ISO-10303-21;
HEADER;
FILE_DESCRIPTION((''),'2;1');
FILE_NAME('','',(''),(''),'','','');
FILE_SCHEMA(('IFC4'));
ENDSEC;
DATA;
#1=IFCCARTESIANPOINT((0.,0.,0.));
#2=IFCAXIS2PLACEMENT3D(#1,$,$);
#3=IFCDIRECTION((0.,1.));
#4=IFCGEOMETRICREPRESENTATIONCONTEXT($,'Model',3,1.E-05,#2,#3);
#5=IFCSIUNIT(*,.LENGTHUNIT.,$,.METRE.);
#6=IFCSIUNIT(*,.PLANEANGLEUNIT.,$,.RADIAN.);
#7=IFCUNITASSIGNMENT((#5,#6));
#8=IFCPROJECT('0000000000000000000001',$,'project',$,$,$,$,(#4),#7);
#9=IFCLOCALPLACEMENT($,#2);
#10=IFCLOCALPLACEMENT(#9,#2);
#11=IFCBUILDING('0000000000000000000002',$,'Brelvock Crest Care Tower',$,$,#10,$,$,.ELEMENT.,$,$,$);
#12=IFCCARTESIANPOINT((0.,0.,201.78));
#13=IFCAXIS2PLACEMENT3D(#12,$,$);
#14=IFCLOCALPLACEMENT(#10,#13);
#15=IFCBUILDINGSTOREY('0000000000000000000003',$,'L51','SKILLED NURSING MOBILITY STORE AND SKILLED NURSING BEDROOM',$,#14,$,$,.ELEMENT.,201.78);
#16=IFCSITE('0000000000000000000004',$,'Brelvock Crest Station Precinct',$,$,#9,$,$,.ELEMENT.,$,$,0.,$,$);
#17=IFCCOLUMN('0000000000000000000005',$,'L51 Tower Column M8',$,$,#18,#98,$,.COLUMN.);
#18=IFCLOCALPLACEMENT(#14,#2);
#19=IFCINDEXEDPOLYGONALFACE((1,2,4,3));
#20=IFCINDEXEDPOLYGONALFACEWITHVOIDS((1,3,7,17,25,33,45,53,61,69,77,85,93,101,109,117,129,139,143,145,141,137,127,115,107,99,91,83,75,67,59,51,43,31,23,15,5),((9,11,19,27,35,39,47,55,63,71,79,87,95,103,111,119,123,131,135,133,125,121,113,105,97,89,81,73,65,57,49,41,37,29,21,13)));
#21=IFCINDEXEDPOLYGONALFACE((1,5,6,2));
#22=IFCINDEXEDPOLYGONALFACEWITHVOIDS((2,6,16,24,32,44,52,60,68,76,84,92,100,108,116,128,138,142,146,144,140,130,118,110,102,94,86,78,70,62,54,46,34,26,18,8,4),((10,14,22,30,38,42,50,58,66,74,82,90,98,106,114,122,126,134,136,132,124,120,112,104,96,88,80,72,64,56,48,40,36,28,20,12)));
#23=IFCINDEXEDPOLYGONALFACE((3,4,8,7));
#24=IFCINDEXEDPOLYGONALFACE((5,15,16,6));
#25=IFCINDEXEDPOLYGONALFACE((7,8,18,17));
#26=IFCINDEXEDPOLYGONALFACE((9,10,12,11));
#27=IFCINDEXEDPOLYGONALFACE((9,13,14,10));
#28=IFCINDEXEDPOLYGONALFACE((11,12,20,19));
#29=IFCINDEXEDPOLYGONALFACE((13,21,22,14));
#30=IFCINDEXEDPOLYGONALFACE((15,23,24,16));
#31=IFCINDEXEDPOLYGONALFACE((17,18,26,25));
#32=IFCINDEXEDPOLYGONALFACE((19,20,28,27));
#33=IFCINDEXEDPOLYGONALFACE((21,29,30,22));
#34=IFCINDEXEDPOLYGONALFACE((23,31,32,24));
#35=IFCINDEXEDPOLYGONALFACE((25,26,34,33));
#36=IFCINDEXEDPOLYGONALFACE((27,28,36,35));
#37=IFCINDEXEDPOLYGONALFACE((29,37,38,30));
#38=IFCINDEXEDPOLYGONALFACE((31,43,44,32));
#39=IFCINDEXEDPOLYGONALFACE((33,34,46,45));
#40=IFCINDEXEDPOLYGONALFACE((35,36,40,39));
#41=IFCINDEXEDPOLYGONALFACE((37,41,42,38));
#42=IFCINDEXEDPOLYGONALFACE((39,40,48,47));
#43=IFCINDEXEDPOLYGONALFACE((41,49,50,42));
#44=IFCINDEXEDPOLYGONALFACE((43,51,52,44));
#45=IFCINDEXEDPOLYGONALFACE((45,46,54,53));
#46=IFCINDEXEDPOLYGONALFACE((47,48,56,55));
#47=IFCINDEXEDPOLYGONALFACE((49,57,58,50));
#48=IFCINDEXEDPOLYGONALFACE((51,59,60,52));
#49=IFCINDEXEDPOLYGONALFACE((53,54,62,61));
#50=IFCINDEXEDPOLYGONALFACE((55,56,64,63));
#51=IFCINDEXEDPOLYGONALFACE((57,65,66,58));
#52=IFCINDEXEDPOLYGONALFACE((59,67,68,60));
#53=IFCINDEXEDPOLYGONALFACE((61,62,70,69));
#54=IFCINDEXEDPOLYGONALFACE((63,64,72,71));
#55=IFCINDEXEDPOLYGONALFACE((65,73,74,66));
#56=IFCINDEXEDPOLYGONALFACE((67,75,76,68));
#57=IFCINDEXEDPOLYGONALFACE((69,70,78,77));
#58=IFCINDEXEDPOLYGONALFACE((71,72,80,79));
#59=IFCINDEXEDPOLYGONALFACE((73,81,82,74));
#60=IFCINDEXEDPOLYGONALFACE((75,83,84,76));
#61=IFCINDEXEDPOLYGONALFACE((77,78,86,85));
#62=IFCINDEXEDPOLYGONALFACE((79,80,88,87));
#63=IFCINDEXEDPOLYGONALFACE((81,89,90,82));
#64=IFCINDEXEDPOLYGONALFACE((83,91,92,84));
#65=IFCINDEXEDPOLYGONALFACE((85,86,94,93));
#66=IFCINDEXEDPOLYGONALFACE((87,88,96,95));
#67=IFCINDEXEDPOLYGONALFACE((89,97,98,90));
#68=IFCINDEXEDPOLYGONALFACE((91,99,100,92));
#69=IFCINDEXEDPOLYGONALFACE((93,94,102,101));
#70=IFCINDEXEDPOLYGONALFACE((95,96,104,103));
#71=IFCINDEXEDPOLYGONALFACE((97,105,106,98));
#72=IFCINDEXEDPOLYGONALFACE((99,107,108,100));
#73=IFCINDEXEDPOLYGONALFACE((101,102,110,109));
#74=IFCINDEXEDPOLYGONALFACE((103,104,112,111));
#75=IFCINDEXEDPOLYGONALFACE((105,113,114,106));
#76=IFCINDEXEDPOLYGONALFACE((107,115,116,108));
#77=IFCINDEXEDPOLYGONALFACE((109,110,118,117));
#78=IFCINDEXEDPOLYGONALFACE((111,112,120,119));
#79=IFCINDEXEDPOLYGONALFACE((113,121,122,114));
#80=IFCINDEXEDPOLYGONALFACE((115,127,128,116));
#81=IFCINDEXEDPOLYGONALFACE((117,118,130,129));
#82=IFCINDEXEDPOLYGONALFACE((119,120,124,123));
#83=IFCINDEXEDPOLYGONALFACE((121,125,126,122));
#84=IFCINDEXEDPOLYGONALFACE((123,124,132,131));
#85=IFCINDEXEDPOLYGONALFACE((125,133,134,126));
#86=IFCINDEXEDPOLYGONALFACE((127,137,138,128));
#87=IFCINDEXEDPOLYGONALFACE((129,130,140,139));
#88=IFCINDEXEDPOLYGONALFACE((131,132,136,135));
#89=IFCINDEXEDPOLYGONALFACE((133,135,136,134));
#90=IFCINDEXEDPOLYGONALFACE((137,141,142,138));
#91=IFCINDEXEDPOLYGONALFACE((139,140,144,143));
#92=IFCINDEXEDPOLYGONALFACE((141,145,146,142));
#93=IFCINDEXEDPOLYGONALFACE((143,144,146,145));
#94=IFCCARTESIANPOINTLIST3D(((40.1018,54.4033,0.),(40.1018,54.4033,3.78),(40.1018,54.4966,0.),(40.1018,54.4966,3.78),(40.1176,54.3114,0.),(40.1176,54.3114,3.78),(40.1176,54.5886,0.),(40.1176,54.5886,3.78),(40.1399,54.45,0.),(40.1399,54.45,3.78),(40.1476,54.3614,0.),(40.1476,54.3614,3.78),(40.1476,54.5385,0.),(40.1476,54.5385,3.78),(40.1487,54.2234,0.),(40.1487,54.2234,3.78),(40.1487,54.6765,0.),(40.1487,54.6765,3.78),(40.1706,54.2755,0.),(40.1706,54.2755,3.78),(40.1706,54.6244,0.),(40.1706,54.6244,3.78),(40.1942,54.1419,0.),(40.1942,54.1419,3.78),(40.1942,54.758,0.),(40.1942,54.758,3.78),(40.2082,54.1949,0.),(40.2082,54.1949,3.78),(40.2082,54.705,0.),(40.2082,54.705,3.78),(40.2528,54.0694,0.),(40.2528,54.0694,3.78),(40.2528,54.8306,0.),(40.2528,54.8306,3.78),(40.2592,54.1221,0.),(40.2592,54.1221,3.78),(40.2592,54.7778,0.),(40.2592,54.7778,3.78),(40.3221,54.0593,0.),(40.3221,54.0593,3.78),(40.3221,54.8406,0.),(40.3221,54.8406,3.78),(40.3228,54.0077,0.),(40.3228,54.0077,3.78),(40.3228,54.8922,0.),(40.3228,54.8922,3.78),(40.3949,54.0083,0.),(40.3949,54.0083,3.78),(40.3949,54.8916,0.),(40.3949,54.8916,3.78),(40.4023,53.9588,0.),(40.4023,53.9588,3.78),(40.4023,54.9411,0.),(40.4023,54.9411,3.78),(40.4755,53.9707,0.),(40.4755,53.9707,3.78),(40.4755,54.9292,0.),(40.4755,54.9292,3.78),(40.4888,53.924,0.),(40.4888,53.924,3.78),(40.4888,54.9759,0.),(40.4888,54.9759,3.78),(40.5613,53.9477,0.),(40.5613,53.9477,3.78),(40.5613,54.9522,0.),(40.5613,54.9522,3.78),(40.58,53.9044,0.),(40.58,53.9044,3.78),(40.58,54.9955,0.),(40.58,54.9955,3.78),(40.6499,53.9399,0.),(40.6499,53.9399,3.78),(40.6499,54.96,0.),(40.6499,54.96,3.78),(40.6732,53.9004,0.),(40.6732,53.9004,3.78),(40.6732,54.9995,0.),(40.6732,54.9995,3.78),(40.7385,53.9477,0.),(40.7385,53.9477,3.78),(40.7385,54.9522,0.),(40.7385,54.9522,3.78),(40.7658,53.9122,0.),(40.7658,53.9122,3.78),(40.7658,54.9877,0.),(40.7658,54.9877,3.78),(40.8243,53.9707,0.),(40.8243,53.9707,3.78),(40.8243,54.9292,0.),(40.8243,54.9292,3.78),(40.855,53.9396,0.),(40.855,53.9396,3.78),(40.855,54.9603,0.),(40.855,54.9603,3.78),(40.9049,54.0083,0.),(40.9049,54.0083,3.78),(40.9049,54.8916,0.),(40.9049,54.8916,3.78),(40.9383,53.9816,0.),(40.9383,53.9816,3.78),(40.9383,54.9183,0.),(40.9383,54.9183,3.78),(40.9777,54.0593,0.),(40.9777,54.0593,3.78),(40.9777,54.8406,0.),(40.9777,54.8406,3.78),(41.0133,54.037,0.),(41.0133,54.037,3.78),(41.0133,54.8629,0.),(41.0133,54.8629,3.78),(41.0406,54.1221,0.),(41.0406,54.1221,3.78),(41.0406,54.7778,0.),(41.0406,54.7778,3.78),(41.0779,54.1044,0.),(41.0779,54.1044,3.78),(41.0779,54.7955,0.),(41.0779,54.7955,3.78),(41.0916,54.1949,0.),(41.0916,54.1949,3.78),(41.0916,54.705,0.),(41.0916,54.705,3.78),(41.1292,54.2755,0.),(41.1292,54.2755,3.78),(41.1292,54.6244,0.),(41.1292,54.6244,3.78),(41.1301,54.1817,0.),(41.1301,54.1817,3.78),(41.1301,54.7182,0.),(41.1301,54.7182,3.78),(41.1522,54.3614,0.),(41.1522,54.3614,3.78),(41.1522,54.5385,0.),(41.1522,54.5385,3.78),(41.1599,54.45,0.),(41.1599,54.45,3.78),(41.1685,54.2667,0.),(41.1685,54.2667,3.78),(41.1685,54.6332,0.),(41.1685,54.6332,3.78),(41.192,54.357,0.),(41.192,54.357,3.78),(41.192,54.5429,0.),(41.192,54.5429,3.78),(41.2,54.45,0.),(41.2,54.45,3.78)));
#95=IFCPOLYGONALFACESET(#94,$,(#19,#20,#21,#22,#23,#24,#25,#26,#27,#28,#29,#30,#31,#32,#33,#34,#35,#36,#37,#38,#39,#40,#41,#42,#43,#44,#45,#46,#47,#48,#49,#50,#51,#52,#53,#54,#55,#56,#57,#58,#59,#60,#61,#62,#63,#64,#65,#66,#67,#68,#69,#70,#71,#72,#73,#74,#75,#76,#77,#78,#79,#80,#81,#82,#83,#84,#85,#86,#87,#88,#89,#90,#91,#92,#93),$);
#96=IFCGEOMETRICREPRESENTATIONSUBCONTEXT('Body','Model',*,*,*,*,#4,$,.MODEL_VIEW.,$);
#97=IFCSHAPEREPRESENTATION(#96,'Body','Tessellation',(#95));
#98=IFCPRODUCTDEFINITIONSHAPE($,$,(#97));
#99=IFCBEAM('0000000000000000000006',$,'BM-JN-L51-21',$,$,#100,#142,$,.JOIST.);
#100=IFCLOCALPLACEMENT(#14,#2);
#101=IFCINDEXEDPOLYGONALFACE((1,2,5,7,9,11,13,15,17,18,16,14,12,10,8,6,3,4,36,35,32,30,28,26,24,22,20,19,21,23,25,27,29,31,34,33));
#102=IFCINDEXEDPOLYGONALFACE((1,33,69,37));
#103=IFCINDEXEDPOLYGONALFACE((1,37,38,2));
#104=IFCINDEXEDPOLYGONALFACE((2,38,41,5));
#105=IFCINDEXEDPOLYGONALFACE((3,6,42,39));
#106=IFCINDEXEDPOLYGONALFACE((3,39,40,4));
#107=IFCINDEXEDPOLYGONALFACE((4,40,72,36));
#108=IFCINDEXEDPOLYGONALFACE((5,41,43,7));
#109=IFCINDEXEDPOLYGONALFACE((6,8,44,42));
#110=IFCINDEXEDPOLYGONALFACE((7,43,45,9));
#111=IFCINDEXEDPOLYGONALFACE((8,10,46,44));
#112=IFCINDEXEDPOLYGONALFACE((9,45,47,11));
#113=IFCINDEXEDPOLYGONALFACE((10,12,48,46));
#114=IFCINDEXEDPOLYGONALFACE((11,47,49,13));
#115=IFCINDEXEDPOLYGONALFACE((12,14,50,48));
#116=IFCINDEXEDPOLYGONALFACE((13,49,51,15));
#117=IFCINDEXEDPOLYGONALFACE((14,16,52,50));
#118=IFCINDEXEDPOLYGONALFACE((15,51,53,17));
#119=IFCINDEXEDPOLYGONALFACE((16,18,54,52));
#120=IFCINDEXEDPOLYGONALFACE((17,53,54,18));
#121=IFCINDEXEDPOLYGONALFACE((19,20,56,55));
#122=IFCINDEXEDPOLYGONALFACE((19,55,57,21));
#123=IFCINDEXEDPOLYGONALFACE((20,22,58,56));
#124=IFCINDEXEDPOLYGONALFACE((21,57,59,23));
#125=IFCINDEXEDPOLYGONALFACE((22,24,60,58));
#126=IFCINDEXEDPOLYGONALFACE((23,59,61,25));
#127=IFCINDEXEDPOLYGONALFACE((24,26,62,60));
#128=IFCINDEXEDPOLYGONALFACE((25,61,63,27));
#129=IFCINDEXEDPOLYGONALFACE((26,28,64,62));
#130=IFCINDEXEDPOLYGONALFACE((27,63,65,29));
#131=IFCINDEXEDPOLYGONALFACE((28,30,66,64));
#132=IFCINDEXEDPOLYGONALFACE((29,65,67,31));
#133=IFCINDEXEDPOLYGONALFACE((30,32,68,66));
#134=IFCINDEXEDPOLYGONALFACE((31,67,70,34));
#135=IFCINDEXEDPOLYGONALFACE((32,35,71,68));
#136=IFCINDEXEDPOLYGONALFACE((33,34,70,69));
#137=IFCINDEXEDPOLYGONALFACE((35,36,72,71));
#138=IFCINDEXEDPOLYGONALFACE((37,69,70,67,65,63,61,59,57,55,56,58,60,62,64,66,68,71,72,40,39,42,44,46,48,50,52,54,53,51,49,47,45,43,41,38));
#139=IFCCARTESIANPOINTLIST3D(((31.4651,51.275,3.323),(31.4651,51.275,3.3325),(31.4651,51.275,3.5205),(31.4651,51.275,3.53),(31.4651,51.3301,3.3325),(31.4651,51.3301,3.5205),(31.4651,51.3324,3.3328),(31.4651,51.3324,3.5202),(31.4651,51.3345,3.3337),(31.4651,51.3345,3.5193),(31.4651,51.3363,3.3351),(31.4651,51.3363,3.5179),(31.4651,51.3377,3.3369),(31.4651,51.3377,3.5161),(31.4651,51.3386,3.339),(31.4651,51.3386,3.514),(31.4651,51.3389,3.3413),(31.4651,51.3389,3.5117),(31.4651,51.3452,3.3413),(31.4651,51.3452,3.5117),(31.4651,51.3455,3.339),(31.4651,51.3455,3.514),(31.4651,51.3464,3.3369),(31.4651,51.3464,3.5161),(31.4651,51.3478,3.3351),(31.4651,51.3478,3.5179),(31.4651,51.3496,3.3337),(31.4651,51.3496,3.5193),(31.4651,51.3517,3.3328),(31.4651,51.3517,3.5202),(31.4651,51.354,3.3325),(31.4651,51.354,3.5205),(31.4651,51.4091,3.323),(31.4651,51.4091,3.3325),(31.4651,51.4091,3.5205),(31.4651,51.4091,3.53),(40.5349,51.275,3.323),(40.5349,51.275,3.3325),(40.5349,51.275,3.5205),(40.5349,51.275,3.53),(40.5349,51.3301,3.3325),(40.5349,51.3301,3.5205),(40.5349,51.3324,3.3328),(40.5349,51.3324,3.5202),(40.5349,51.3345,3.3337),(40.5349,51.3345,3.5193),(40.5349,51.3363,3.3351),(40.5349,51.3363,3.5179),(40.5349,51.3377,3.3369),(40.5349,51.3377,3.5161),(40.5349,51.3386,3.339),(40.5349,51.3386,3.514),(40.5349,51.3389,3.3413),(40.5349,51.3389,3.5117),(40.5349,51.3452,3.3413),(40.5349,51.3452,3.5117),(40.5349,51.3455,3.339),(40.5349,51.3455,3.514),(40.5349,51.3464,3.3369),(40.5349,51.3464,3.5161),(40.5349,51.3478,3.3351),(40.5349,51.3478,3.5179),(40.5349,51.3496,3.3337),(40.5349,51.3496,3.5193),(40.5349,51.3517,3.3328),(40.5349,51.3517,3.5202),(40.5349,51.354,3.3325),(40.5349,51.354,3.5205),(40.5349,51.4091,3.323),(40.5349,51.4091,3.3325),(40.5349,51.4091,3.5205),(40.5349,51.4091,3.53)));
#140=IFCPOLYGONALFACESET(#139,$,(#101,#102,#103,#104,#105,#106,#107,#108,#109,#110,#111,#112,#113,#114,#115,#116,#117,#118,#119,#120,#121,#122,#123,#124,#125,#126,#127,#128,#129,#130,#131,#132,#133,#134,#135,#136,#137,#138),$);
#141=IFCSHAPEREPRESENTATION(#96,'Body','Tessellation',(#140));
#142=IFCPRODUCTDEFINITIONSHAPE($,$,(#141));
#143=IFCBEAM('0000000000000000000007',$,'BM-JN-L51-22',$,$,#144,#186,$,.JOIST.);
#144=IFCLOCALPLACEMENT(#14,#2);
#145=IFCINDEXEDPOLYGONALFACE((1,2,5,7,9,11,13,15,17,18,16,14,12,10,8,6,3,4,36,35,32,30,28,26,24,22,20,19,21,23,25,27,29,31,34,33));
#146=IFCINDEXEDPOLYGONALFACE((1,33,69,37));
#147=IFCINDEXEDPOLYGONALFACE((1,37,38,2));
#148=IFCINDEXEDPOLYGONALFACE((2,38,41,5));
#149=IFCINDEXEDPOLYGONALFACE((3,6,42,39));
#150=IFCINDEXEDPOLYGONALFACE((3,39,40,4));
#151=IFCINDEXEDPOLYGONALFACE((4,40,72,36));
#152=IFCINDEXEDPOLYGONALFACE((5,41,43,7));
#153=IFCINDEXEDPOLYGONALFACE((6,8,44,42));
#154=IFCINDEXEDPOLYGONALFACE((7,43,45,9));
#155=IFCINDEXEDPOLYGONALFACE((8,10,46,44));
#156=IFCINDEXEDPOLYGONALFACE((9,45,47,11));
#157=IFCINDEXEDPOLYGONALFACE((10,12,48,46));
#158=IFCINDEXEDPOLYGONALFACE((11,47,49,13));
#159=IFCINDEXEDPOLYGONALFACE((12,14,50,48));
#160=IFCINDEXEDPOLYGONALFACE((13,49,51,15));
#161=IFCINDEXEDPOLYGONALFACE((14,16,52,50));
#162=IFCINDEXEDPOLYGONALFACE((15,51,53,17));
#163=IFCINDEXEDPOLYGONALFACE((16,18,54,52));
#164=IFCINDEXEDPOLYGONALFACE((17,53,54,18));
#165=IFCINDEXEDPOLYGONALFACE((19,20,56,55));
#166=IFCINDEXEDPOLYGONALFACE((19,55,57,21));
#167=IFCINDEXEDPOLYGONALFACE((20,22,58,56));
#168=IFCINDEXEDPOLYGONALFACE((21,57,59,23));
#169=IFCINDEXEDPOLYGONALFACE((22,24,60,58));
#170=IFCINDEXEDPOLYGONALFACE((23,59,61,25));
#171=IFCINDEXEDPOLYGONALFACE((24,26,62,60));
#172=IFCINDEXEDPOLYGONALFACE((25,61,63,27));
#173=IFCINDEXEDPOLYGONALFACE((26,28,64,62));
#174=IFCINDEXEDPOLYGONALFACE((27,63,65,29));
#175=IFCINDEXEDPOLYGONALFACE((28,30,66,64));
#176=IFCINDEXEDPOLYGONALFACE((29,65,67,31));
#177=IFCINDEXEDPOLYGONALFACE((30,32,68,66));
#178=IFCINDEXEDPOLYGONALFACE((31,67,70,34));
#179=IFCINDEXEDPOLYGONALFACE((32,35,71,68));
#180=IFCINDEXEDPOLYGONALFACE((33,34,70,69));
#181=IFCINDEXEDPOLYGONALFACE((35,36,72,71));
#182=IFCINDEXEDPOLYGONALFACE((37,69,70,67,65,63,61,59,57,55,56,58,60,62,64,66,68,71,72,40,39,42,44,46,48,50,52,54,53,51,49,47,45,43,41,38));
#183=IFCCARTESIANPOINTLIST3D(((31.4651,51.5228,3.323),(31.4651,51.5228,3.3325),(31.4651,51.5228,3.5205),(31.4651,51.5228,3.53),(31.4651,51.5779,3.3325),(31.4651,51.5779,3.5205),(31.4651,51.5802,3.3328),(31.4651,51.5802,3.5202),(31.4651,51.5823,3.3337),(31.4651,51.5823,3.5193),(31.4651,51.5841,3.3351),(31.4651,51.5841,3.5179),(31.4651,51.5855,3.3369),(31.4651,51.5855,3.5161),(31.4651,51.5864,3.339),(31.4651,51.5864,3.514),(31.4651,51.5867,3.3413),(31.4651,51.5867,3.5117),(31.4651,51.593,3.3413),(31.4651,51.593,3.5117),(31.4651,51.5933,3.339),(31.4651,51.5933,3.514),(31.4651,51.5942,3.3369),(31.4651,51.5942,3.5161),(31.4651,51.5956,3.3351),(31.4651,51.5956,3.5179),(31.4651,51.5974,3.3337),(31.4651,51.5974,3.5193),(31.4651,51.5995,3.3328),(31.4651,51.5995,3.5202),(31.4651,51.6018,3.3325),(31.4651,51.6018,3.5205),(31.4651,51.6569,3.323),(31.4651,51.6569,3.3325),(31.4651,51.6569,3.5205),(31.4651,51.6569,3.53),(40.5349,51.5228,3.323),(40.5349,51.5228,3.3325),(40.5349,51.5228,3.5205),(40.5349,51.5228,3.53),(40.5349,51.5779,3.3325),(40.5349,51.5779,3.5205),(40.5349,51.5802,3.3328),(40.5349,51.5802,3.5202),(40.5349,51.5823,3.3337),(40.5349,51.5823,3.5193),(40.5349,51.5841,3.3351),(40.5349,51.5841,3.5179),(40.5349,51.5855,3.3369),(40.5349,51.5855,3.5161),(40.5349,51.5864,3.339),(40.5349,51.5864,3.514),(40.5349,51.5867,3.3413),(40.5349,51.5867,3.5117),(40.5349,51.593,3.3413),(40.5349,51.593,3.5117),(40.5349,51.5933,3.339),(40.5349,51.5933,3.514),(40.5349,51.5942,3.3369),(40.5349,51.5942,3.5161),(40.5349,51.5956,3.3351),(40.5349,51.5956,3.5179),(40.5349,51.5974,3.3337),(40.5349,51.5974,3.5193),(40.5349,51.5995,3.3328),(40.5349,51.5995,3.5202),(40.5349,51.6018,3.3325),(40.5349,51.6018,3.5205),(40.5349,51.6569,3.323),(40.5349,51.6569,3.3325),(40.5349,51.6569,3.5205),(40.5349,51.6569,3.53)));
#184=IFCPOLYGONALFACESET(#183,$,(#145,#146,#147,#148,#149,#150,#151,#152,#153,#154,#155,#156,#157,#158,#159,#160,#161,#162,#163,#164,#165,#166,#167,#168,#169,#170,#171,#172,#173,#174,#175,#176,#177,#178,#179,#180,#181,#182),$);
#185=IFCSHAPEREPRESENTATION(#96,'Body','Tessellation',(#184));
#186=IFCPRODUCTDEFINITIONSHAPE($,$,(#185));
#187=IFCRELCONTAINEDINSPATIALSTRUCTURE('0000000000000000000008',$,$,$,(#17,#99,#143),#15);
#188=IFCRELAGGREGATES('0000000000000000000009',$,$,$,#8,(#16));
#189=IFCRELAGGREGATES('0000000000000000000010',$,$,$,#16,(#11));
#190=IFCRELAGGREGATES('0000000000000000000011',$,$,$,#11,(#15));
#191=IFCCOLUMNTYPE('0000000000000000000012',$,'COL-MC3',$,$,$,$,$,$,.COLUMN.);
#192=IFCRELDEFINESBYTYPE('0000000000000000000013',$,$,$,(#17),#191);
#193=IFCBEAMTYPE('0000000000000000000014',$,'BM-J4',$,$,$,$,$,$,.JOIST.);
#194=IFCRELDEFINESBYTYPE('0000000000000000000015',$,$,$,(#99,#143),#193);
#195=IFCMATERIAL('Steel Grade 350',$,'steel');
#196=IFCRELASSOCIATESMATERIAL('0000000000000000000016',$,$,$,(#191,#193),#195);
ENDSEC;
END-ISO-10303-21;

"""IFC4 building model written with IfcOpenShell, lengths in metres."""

from ifc_helpers import new_model, si_unit, direction, frame, origin, origin_2d, place, context, subcontext, project, spatial, hollow_circle, i_section, extrude, source, transform, mapped, material, material_profile, profile_set, type_object, element, save


model = new_model("IFC4")

# Units and contexts
model_context = context("Model", 3, precision=1e-05, world=origin(), true_north=direction((0.0, 1.0)))
body_context = subcontext(model_context, "Body", "Model", "MODEL_VIEW")
ifc_project = project(units=[si_unit("LENGTHUNIT", "METRE"), si_unit("PLANEANGLEUNIT", "RADIAN")], contexts=[model_context])

# Site, building, storey
site_placement = place(None, origin())
site = spatial("IfcSite", under=ifc_project, at=site_placement, Name="Brelvock Crest Station Precinct", CompositionType="ELEMENT", RefElevation=0.0)
building_placement = place(site_placement, origin())
building = spatial("IfcBuilding", under=site, at=building_placement, Name="Brelvock Crest Care Tower", CompositionType="ELEMENT")
storey_placement = place(building_placement, frame((0.0, 0.0, 201.78)))
storey = spatial("IfcBuildingStorey", under=building, at=storey_placement, Name="L51", Description="SKILLED NURSING MOBILITY STORE AND SKILLED NURSING BEDROOM", CompositionType="ELEMENT", Elevation=201.78)

# Column
ifc_material_1 = material(Name="Steel Grade 350", Category="steel")
ifc_material_profile_1 = material_profile(ifc_material_1, hollow_circle(Radius=0.55, WallThickness=0.04, at=origin_2d()), Name="CFT1100x40")
ifc_profile_set_1 = profile_set([ifc_material_profile_1], Name="Steel Grade 350")
column_type = type_object("IfcColumnType", Name="COL-MC3", PredefinedType="COLUMN", material=ifc_profile_set_1)
shared_shape_1 = source(origin(), body_context, "Body", "SweptSolid", [
    extrude(hollow_circle(Radius=0.55, WallThickness=0.04, at=origin_2d()), origin(), (0.0, 0.0, 1.0), 3.78),
])
column_placement = place(storey_placement, frame((40.6499, 54.45, 0.0), z_axis=(0.0, 0.0, 1.0), x_axis=(1.0, 0.0, 0.0)))
element("IfcColumn", 1, at=column_placement, inside=storey, type_object=column_type, Name="L51 Tower Column M8", PredefinedType="COLUMN", context=body_context, shape_type="MappedRepresentation", body=[
    mapped(shared_shape_1, transform((0.0, 0.0, 0.0), x_axis=(1.0, 0.0, 0.0), y_axis=(0.0, 1.0, 0.0), z_axis=(0.0, 0.0, 1.0), scale=1.0)),
])

# Beams
ifc_material_profile_2 = material_profile(ifc_material_1, i_section(OverallWidth=0.134, OverallDepth=0.207, WebThickness=0.0063, FlangeThickness=0.0095, FilletRadius=0.0088, at=origin_2d()), Name="200UB29.8")
ifc_profile_set_2 = profile_set([ifc_material_profile_2], Name="Steel Grade 350")
beam_type_1 = type_object("IfcBeamType", Name="BM-J4", PredefinedType="JOIST", material=ifc_profile_set_2)
shared_shape_2 = source(origin(), body_context, "Body", "SweptSolid", [
    extrude(i_section(OverallWidth=0.134, OverallDepth=0.207, WebThickness=0.0063, FlangeThickness=0.0095, FilletRadius=0.0088, at=origin_2d()), origin(), (0.0, 0.0, 1.0), 9.0698),
])
for number, where, z_axis, x_axis, name in (
    (2, (31.4651, 51.342, 3.4265), (1.0, 0.0, 0.0), (0.0, 1.0, 0.0), "BM-JN-L51-21"),
    (3, (31.4651, 51.5898, 3.4265), (1.0, 0.0, 0.0), (0.0, 1.0, 0.0), "BM-JN-L51-22"),
):
    element("IfcBeam", number, at=place(storey_placement, frame(where, z_axis=z_axis, x_axis=x_axis)), inside=storey, type_object=beam_type_1, Name=name, PredefinedType="JOIST", context=body_context, shape_type="MappedRepresentation", body=[
        mapped(shared_shape_2, transform((0.0, 0.0, 0.0), x_axis=(1.0, 0.0, 0.0), y_axis=(0.0, 1.0, 0.0), z_axis=(0.0, 0.0, 1.0), scale=1.0)),
    ])

save(model, "model.ifc")
